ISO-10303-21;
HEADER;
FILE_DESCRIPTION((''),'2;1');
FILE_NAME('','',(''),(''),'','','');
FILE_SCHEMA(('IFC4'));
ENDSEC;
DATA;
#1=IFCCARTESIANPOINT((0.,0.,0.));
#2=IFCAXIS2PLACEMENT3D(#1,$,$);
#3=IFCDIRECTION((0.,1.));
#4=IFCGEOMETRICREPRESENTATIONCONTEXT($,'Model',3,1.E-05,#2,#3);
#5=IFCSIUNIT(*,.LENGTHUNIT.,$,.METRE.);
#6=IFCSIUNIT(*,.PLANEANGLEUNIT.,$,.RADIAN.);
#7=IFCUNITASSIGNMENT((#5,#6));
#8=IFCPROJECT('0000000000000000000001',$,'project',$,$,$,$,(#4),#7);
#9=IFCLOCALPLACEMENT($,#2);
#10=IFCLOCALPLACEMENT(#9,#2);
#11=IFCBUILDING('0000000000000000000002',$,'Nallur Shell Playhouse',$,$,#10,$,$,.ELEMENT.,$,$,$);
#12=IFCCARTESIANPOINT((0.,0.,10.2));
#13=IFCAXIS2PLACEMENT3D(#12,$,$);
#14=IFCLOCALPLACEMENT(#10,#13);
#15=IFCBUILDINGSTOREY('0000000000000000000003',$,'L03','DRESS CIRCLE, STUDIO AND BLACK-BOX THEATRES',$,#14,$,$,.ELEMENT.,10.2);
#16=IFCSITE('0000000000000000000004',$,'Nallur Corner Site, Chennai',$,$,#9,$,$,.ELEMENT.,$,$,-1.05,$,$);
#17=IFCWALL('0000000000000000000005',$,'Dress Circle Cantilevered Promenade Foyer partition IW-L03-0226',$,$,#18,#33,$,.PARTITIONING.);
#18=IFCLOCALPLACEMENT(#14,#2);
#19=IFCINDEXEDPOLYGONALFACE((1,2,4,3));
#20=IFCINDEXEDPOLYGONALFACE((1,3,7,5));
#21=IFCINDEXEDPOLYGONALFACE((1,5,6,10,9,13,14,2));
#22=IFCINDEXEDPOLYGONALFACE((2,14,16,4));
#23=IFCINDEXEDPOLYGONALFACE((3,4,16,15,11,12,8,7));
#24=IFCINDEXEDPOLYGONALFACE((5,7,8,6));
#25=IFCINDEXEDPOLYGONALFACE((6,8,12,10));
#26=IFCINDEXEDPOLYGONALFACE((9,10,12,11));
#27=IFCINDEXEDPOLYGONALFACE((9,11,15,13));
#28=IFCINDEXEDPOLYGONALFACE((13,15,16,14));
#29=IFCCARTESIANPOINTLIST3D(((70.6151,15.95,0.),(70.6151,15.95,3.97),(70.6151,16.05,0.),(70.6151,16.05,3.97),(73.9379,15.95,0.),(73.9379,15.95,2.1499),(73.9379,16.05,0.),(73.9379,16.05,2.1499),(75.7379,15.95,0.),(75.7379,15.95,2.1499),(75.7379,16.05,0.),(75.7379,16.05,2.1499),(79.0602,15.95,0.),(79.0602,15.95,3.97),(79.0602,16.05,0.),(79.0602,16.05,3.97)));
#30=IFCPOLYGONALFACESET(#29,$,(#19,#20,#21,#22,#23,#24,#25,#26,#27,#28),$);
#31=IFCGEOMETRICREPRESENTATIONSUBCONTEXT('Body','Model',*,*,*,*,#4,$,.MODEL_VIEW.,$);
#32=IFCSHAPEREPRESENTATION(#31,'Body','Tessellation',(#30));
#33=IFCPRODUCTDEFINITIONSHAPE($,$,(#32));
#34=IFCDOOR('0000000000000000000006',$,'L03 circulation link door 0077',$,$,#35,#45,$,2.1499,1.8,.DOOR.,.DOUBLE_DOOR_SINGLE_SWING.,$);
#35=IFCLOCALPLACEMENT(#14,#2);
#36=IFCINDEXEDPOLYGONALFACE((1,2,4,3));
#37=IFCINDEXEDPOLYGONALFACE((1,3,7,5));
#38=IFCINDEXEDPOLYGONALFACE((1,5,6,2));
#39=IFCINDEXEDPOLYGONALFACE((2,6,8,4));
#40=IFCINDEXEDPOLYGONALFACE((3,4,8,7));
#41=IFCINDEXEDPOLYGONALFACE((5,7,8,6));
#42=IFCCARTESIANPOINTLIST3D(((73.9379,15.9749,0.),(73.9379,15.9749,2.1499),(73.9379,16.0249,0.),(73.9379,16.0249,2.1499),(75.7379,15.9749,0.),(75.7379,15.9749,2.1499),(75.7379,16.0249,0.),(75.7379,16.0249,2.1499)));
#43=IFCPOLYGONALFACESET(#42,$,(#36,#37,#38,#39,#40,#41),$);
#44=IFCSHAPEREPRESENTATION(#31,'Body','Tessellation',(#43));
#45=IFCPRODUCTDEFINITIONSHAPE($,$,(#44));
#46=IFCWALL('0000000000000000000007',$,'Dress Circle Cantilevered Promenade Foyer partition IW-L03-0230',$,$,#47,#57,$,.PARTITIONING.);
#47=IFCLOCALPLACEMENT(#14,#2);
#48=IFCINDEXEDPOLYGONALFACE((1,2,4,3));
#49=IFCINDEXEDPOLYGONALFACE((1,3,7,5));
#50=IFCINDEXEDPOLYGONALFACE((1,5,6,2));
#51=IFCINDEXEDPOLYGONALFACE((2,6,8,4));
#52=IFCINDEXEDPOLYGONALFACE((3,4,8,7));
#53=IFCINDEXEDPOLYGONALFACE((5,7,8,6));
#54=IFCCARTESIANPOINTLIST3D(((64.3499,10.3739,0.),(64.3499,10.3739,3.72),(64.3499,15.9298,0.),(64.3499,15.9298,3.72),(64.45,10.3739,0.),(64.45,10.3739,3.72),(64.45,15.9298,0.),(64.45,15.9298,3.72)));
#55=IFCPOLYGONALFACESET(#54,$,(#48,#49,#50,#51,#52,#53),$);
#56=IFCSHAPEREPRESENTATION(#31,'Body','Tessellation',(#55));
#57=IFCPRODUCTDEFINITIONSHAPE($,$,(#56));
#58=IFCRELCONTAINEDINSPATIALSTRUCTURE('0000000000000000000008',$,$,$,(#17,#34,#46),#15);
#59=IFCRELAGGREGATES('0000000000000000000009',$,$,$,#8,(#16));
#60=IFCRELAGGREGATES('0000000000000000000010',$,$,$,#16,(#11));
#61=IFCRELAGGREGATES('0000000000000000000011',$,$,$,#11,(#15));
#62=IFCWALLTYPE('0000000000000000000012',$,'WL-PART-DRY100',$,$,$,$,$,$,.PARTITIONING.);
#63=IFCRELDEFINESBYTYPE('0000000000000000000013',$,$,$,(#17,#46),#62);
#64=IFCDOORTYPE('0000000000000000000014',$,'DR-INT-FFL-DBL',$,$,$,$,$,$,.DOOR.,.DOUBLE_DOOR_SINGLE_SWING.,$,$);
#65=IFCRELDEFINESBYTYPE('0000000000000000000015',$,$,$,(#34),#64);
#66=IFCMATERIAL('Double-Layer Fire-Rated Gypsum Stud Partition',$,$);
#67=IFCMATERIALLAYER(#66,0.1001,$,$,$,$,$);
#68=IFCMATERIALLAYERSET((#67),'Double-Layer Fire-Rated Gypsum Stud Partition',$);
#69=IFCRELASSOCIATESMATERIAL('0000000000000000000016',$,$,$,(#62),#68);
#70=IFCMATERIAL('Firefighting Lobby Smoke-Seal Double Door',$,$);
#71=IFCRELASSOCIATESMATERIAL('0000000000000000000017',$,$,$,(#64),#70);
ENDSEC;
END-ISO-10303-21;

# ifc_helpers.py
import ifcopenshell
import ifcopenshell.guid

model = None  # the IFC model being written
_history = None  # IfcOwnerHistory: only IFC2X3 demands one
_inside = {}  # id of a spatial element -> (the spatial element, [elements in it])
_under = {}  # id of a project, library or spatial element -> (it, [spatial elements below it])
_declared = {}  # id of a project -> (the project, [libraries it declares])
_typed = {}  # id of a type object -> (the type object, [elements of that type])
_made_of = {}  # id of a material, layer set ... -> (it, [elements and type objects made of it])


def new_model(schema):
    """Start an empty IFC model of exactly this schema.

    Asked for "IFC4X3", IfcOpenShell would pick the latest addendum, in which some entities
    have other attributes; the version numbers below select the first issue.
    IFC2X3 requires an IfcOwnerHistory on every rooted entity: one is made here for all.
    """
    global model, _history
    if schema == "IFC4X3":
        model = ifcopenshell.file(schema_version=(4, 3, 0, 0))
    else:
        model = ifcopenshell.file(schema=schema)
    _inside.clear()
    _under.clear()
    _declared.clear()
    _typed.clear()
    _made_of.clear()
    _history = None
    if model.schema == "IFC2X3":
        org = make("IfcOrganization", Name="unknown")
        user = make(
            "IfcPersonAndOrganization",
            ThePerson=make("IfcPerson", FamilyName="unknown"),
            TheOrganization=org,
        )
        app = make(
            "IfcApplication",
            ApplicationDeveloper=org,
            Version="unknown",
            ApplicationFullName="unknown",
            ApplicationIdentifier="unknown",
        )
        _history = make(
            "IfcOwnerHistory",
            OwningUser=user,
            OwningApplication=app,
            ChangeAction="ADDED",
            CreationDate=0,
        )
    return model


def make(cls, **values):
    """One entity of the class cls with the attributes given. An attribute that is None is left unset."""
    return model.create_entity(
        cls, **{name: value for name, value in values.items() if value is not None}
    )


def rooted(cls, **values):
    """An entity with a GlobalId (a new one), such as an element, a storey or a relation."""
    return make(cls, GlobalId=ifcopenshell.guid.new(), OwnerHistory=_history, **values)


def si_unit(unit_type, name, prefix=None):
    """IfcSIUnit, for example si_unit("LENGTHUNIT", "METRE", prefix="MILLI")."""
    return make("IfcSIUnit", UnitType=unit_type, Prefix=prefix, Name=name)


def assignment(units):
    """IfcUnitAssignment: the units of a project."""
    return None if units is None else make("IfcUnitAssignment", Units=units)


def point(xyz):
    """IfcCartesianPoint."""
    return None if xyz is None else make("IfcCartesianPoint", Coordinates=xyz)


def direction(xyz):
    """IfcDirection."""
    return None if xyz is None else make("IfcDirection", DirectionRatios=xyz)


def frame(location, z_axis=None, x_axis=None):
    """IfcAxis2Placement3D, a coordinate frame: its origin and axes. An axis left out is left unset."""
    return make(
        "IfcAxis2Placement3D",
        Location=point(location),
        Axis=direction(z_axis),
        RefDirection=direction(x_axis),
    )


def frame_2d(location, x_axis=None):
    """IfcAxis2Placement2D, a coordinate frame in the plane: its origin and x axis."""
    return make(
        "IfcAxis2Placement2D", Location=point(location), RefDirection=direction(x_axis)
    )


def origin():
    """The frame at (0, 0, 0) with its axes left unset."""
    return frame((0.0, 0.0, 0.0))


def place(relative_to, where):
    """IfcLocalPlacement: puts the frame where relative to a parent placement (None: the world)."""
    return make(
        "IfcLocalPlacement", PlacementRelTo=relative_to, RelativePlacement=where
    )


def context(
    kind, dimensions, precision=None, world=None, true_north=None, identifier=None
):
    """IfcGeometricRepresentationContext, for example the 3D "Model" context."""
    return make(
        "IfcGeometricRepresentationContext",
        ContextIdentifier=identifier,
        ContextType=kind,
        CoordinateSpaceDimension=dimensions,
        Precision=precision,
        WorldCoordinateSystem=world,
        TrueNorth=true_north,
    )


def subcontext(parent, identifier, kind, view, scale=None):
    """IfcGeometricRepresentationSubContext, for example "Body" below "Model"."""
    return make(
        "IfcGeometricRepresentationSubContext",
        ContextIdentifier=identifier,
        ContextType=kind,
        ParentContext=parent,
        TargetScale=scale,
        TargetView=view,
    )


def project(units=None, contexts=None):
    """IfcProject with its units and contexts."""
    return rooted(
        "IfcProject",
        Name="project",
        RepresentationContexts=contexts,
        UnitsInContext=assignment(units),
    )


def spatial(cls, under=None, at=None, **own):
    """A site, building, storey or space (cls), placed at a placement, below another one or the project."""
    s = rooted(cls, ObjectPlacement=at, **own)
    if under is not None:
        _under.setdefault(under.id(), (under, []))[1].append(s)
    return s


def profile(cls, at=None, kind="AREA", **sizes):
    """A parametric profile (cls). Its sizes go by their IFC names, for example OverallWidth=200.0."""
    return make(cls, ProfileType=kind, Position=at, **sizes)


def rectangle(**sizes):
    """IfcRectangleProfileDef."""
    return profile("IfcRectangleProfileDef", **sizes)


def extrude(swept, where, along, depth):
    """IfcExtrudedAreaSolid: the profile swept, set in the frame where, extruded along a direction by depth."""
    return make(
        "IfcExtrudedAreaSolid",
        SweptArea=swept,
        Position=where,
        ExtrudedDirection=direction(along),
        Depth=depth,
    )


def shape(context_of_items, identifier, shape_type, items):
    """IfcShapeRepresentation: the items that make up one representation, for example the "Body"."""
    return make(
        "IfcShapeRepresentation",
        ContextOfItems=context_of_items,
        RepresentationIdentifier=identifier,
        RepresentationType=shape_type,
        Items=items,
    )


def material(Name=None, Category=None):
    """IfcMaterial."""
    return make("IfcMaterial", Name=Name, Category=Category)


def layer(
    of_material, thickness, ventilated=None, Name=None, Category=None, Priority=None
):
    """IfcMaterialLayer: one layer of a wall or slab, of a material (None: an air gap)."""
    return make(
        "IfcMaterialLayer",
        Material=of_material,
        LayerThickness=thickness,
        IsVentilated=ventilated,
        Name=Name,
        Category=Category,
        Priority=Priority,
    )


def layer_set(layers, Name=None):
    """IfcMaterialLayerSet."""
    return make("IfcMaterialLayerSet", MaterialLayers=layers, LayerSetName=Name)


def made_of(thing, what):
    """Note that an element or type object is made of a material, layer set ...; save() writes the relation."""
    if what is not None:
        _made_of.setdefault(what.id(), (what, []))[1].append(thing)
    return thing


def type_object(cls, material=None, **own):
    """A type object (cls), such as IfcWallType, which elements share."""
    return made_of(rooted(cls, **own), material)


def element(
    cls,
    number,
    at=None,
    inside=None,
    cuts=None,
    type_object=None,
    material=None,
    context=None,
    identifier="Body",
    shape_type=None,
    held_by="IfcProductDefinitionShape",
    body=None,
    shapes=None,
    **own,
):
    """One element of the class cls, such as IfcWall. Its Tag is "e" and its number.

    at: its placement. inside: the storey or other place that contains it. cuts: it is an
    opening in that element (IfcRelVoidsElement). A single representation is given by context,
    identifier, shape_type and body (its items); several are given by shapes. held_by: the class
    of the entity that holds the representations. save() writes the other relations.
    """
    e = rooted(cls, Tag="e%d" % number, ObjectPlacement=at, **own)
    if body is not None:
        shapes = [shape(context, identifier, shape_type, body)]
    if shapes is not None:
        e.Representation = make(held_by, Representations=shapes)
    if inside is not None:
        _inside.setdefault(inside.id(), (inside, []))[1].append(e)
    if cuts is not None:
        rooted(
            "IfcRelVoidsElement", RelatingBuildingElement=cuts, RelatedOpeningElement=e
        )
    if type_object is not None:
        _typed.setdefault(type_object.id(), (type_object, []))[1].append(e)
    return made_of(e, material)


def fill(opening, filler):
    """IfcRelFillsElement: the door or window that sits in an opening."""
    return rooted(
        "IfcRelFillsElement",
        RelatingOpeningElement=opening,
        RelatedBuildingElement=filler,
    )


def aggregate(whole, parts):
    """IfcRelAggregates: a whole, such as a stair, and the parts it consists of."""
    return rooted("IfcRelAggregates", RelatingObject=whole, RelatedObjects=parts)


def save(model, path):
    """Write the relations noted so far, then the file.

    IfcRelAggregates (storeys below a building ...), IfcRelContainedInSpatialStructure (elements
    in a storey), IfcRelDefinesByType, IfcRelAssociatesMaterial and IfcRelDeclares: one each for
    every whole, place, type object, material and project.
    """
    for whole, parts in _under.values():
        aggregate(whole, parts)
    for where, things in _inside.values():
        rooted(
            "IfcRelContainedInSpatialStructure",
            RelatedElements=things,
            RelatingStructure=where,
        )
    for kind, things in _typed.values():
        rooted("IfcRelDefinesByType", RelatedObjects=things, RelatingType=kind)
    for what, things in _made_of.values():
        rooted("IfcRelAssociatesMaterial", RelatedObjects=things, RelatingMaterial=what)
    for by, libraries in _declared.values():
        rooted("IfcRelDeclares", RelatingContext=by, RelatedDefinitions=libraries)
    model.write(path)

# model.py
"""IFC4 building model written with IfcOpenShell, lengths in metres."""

from ifc_helpers import new_model, si_unit, direction, frame, frame_2d, origin, place, context, subcontext, project, spatial, rectangle, extrude, material, layer, layer_set, type_object, element, fill, save


model = new_model("IFC4")

# Units and contexts
model_context = context("Model", 3, precision=1e-05, world=origin(), true_north=direction((0.0, 1.0)))
body_context = subcontext(model_context, "Body", "Model", "MODEL_VIEW")
ifc_project = project(units=[si_unit("LENGTHUNIT", "METRE"), si_unit("PLANEANGLEUNIT", "RADIAN")], contexts=[model_context])

# Site, building, storey
site_placement = place(None, origin())
site = spatial("IfcSite", under=ifc_project, at=site_placement, Name="Nallur Corner Site, Chennai", CompositionType="ELEMENT", RefElevation=-1.05)
building_placement = place(site_placement, origin())
building = spatial("IfcBuilding", under=site, at=building_placement, Name="Nallur Shell Playhouse", CompositionType="ELEMENT")
storey_placement = place(building_placement, frame((0.0, 0.0, 10.2)))
storey = spatial("IfcBuildingStorey", under=building, at=storey_placement, Name="L03", Description="DRESS CIRCLE, STUDIO AND BLACK-BOX THEATRES", CompositionType="ELEMENT", Elevation=10.2)

# Wall, opening, door
ifc_material_1 = material(Name="Double-Layer Fire-Rated Gypsum Stud Partition")
ifc_layer_1 = layer(ifc_material_1, 0.1001)
ifc_layer_set_1 = layer_set([ifc_layer_1], Name="Double-Layer Fire-Rated Gypsum Stud Partition")
wall_type = type_object("IfcWallType", Name="WL-PART-DRY100", PredefinedType="PARTITIONING", material=ifc_layer_set_1)
wall_1_placement = place(storey_placement, frame((70.615, 16.0, 0.0), z_axis=(0.0, 0.0, 1.0), x_axis=(1.0, 0.0, 0.0)))
wall_1 = element("IfcWall", 1, at=wall_1_placement, inside=storey, type_object=wall_type, Name="Dress Circle Cantilevered Promenade Foyer partition IW-L03-0226", PredefinedType="PARTITIONING", context=body_context, shape_type="SweptSolid", body=[
    extrude(rectangle(XDim=8.4451, YDim=0.1001, at=frame_2d((4.2227, 0.0))), origin(), (0.0, 0.0, 1.0), 3.97),
])
opening_1_placement = place(wall_1_placement, frame((3.323, 0.0, 0.0)))
opening_1 = element("IfcOpeningElement", 2, at=opening_1_placement, cuts=wall_1, PredefinedType="OPENING", context=body_context, shape_type="SweptSolid", body=[
    extrude(rectangle(XDim=1.8, YDim=2.1499, at=frame_2d((0.8999, 1.075))), frame((0.0, 0.0601, 0.0), z_axis=(0.0, -1.0, 0.0), x_axis=(1.0, 0.0, 0.0)), (0.0, 0.0, 1.0), 0.1201),
])
ifc_material_2 = material(Name="Firefighting Lobby Smoke-Seal Double Door")
door_type_1 = type_object("IfcDoorType", Name="DR-INT-FFL-DBL", OperationType="DOUBLE_DOOR_SINGLE_SWING", PredefinedType="DOOR", material=ifc_material_2)
door_1_placement = place(opening_1_placement, origin())
door_1 = element("IfcDoor", 3, at=door_1_placement, inside=storey, type_object=door_type_1, Name="L03 circulation link door 0077", OperationType="DOUBLE_DOOR_SINGLE_SWING", OverallHeight=2.1499, OverallWidth=1.8, PredefinedType="DOOR", context=body_context, shape_type="SweptSolid", body=[
    extrude(rectangle(XDim=1.8, YDim=2.1499, at=frame_2d((0.8999, 1.075))), frame((0.0, 0.0249, 0.0), z_axis=(0.0, -1.0, 0.0), x_axis=(1.0, 0.0, 0.0)), (0.0, 0.0, 1.0), 0.05),
])
fill(opening_1, door_1)

# Wall
wall_2_placement = place(storey_placement, frame((64.3999, 10.374, 0.0), z_axis=(0.0, 0.0, 1.0), x_axis=(0.0, 1.0, 0.0)))
element("IfcWall", 4, at=wall_2_placement, inside=storey, type_object=wall_type, Name="Dress Circle Cantilevered Promenade Foyer partition IW-L03-0230", PredefinedType="PARTITIONING", context=body_context, shape_type="SweptSolid", body=[
    extrude(rectangle(XDim=5.5559, YDim=0.1001, at=frame_2d((2.7778, 0.0))), origin(), (0.0, 0.0, 1.0), 3.72),
])

save(model, "model.ifc")
